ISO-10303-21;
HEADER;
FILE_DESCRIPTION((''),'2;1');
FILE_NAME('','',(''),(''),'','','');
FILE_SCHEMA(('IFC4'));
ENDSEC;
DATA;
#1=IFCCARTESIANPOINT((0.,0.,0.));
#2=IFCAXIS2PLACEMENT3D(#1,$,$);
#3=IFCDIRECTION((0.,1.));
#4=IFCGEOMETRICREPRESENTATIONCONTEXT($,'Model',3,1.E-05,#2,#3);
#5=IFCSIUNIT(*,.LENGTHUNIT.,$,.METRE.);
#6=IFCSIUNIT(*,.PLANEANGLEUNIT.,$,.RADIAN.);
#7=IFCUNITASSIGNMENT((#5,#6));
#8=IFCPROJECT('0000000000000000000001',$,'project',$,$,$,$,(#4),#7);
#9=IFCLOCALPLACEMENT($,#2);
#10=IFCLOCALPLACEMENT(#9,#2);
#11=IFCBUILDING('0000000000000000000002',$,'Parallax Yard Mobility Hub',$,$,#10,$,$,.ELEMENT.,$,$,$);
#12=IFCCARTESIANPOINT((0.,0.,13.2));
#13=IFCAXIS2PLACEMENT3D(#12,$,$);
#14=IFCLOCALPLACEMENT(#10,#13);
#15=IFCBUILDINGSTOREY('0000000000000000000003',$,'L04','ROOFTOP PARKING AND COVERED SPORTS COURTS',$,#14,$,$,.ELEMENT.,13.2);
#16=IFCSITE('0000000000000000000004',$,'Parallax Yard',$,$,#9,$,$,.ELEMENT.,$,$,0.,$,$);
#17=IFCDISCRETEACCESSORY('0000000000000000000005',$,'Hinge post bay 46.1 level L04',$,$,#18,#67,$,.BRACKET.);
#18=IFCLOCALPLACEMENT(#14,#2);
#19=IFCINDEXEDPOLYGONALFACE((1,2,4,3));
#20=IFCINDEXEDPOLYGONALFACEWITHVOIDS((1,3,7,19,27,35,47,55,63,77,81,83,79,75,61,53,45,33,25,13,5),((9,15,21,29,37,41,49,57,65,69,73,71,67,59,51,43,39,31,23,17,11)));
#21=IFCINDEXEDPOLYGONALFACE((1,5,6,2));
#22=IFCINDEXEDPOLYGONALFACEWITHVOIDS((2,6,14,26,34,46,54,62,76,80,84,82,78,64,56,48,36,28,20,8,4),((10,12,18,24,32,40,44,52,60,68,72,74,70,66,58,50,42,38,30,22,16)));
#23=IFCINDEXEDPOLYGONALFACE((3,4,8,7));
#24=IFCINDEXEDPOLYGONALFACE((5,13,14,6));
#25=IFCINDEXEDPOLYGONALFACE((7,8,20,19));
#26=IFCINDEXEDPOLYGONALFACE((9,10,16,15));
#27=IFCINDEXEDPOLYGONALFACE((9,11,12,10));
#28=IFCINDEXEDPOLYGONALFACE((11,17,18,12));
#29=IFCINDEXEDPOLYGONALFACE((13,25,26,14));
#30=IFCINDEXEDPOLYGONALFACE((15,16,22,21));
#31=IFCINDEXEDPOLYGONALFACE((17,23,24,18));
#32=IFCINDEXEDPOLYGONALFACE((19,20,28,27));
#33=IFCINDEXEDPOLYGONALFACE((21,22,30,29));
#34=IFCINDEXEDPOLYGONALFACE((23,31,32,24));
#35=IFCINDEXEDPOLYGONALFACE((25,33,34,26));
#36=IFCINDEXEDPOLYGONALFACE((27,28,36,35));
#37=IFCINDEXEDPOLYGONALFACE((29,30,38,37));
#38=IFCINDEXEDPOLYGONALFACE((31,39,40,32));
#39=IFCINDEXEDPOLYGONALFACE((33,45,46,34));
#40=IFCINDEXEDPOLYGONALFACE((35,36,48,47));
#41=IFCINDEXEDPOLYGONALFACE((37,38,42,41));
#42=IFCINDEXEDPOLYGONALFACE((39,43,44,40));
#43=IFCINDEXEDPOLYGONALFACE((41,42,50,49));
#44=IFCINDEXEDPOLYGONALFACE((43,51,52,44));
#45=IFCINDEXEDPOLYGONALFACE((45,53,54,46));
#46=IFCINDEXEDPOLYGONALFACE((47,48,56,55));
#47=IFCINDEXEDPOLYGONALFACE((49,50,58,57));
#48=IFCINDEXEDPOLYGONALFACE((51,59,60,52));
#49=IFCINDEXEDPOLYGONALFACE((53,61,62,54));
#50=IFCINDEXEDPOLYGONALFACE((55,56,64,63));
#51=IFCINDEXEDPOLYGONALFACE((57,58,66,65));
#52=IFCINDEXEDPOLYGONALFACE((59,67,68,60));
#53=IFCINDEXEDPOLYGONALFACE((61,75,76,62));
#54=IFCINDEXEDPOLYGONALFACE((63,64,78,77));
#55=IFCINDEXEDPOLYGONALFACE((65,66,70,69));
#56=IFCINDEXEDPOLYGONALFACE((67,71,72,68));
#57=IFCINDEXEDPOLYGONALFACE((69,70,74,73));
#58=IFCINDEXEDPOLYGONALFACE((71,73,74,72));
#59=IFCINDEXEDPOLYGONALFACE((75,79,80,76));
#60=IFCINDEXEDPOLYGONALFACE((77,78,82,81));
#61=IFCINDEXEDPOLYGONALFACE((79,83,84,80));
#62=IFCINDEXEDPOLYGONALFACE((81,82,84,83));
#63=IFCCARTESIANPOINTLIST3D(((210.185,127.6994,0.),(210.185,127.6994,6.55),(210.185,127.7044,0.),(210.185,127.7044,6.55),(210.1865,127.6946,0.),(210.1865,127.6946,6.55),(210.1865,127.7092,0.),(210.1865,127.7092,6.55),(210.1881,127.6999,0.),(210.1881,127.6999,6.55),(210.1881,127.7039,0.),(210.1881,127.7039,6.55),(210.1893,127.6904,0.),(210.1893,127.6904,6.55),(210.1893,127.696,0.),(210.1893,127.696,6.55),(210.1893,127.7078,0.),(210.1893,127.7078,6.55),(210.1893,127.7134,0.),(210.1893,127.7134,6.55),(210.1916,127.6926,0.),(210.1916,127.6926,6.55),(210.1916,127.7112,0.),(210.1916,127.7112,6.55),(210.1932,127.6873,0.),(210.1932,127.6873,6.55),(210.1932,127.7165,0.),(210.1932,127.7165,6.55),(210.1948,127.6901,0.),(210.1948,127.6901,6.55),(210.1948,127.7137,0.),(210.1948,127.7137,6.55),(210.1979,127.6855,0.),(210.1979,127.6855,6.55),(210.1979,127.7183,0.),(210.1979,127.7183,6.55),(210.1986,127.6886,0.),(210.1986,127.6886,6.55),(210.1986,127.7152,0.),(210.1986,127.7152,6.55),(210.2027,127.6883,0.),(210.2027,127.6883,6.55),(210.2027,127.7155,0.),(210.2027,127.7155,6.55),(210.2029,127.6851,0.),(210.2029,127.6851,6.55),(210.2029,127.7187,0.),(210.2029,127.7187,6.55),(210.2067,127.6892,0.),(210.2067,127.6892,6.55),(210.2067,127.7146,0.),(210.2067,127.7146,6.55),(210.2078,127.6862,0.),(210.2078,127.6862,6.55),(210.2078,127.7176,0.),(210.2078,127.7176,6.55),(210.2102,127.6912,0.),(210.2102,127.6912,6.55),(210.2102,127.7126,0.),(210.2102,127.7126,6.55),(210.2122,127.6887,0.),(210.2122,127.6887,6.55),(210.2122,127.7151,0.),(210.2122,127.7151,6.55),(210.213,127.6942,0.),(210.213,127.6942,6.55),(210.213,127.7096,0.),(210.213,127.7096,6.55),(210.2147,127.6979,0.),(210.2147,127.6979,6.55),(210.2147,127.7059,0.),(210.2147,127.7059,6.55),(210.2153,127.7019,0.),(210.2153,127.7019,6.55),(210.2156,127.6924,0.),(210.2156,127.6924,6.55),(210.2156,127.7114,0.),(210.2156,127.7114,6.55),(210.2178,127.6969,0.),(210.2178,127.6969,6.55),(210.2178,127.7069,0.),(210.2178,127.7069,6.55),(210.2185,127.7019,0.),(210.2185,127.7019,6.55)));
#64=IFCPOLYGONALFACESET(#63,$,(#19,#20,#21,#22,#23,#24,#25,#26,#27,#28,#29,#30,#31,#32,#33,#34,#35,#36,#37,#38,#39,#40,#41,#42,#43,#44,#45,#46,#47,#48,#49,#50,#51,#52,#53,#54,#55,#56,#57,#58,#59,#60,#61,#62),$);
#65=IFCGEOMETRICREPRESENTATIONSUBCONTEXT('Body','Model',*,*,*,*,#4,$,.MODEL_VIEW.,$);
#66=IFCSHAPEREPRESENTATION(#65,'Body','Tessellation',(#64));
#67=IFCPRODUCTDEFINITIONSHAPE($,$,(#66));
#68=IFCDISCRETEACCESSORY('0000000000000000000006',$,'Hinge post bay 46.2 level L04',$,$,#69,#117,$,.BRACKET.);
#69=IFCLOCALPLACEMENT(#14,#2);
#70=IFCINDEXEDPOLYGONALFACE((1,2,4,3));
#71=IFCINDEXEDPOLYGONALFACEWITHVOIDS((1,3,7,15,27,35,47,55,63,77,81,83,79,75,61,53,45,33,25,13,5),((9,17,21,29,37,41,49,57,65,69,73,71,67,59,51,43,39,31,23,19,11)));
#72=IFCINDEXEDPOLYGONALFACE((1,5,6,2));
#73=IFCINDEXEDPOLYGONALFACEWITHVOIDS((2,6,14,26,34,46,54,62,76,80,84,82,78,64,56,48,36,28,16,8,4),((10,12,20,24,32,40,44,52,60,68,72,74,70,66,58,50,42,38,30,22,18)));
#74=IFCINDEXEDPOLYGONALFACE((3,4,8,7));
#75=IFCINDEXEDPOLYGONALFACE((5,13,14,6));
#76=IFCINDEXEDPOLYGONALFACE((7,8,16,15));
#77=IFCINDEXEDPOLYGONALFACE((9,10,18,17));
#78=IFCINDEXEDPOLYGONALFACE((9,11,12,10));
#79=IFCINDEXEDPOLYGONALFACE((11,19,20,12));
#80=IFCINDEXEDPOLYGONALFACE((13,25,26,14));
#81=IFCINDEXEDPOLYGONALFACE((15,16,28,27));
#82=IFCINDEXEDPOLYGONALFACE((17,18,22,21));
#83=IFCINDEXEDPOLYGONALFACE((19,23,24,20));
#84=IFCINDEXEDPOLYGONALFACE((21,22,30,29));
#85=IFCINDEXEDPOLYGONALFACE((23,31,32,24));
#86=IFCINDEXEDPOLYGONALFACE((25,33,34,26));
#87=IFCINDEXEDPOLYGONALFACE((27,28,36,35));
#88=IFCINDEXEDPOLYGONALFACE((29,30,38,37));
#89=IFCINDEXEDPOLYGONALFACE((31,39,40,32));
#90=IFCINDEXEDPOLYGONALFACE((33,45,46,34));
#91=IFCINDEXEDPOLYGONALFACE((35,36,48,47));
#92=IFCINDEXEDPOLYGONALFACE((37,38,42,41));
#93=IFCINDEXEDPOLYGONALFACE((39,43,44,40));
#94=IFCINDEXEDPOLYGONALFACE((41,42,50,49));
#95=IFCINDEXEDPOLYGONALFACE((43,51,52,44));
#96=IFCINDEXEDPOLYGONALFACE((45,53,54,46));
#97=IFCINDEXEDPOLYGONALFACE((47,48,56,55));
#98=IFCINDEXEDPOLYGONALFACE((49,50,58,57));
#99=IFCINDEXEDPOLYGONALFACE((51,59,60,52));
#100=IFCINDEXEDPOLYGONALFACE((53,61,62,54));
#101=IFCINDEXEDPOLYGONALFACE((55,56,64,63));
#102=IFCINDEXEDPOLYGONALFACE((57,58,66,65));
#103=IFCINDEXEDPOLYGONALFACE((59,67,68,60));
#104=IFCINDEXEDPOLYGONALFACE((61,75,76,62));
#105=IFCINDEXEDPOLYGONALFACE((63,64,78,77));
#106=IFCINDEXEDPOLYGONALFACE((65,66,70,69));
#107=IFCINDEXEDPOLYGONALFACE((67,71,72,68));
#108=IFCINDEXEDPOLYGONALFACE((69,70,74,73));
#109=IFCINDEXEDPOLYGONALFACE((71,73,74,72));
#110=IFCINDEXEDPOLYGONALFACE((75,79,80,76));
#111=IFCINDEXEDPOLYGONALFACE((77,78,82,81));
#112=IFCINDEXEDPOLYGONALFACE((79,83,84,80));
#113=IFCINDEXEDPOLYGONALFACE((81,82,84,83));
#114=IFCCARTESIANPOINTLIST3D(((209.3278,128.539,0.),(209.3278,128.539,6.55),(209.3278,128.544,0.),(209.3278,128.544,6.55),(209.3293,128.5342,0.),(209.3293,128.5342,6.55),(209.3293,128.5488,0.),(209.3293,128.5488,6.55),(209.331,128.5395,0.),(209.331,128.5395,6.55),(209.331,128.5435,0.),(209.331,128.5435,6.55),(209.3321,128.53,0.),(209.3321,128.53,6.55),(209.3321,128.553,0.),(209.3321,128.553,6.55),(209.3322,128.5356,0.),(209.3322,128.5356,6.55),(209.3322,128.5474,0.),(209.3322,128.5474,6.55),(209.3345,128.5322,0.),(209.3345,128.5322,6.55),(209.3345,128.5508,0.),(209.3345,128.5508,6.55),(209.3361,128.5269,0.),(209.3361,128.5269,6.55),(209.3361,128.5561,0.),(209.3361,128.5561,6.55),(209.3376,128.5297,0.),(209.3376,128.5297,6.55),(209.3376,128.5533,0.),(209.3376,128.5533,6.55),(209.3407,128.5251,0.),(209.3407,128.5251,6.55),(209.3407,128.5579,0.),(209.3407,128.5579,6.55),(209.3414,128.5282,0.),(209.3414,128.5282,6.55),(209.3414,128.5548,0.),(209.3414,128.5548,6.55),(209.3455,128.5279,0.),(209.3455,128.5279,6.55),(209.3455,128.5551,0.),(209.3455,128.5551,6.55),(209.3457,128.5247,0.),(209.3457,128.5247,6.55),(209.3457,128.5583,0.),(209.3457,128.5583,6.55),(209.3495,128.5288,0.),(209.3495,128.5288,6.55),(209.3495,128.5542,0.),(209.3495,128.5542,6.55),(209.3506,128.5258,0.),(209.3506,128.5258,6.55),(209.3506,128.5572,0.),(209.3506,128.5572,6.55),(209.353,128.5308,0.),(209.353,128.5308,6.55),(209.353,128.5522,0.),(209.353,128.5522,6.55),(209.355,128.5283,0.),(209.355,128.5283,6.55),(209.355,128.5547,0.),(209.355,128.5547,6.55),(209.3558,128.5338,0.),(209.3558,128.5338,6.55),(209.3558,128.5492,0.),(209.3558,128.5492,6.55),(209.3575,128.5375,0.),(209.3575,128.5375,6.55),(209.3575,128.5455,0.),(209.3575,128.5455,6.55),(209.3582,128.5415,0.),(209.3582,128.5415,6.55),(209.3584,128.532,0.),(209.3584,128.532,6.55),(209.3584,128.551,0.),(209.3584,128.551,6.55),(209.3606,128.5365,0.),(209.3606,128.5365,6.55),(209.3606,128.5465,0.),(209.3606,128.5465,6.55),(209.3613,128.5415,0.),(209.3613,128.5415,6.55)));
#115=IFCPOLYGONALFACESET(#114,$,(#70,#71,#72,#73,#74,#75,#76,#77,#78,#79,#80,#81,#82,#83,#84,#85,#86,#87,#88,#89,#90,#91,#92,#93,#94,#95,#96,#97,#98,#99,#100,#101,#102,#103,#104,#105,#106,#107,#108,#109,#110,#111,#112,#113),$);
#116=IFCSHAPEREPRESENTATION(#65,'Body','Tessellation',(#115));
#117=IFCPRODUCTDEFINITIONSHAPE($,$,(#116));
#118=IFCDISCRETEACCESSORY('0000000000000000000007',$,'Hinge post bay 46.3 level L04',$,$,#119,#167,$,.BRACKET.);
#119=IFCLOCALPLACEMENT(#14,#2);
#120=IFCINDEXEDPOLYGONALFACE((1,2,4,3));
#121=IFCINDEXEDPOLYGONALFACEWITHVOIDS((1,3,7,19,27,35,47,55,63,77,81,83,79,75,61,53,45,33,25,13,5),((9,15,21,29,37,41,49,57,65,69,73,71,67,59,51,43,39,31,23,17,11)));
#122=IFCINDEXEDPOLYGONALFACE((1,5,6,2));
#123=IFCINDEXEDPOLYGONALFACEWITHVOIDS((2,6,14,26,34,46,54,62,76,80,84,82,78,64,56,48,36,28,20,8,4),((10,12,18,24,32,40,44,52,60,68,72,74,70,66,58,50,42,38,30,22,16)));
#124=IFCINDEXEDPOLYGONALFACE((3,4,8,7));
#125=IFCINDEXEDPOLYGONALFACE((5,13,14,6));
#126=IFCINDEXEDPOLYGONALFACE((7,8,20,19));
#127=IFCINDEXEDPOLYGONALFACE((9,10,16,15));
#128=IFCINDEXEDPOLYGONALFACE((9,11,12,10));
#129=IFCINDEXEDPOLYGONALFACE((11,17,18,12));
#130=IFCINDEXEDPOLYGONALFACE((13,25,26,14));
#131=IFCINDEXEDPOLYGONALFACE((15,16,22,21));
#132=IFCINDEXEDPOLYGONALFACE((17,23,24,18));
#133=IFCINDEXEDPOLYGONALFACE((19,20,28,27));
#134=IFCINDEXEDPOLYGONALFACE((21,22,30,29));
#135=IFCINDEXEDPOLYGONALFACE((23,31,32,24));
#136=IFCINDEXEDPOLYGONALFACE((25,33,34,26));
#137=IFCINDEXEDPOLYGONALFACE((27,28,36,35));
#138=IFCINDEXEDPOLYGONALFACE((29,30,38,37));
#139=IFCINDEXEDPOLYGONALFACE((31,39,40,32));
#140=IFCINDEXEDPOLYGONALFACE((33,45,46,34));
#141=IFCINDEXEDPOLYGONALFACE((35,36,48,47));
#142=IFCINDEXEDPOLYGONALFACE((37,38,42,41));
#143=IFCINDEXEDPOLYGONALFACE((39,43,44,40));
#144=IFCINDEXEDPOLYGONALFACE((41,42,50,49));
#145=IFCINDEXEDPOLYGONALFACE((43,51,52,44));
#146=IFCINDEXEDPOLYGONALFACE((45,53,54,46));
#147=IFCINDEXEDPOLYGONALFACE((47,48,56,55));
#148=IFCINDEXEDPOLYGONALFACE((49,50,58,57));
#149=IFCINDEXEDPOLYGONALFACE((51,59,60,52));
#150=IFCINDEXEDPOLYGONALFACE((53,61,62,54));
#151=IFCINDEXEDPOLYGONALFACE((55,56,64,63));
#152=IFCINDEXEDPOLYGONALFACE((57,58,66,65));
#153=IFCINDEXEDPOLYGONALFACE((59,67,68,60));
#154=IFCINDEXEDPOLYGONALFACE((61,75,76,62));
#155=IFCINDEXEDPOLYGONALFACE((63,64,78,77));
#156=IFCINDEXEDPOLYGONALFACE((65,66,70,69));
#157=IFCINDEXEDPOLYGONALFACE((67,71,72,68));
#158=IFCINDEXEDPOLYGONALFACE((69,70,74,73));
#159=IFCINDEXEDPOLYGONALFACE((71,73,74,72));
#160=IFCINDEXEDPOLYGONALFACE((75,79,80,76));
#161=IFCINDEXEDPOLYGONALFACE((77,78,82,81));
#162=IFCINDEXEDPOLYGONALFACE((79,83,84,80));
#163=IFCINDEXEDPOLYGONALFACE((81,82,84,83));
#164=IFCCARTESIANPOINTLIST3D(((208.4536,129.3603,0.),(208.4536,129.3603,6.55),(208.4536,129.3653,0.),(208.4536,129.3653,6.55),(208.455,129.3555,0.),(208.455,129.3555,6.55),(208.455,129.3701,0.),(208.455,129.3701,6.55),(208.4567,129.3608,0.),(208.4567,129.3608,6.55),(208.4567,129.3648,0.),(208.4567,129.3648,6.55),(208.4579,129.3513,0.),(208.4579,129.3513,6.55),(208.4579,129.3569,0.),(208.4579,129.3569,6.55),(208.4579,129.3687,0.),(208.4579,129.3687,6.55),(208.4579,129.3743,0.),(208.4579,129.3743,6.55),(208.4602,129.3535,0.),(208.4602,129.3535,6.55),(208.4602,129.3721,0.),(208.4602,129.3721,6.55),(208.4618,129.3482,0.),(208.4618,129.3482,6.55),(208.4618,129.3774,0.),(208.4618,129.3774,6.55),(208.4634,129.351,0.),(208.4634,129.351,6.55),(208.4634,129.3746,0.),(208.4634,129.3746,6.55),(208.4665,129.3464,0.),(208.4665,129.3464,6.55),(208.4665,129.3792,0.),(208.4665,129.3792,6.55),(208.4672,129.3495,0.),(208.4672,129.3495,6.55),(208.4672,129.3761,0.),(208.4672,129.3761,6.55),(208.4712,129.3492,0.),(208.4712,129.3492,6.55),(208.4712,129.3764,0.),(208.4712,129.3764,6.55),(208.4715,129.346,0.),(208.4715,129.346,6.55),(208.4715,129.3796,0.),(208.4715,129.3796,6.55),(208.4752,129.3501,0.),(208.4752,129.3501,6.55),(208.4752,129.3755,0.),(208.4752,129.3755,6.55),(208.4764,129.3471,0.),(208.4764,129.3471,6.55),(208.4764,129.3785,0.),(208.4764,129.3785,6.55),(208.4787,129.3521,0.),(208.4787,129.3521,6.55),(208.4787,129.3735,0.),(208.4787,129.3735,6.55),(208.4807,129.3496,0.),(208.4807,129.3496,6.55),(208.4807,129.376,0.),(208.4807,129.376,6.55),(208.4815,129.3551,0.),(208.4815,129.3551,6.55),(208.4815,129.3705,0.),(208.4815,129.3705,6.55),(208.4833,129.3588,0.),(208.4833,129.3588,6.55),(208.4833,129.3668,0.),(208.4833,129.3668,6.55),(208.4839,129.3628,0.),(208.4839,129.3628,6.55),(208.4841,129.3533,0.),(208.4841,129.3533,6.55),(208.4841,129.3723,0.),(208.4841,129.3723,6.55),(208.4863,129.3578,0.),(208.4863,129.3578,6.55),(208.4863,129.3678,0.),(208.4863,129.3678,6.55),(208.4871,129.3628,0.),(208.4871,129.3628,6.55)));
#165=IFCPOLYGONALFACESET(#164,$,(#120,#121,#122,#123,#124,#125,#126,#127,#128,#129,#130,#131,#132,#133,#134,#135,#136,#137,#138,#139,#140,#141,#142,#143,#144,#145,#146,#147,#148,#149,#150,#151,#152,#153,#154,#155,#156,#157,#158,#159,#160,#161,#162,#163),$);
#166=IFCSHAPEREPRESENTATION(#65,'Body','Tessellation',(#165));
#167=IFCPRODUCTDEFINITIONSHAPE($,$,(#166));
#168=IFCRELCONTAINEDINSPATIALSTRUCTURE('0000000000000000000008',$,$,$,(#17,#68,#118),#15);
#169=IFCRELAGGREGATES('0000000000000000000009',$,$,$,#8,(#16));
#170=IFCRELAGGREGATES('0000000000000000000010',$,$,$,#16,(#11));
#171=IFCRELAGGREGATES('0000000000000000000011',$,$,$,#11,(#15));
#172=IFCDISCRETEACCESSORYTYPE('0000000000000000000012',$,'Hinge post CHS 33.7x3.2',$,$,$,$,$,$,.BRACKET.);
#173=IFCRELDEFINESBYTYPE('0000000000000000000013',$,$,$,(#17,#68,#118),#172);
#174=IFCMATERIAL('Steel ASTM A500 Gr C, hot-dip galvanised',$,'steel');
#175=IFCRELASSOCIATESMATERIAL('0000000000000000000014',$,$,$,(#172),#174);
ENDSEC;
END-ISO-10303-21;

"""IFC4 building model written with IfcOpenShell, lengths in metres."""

from ifc_helpers import new_model, si_unit, direction, frame, origin, origin_2d, place, context, subcontext, project, spatial, hollow_circle, extrude, material, material_profile, profile_set, type_object, element, save


model = new_model("IFC4")

# Units and contexts
model_context = context("Model", 3, precision=1e-05, world=origin(), true_north=direction((0.0, 1.0)))
body_context = subcontext(model_context, "Body", "Model", "MODEL_VIEW")
ifc_project = project(units=[si_unit("LENGTHUNIT", "METRE"), si_unit("PLANEANGLEUNIT", "RADIAN")], contexts=[model_context])

# Site, building, storey
site_placement = place(None, origin())
site = spatial("IfcSite", under=ifc_project, at=site_placement, Name="Parallax Yard", CompositionType="ELEMENT", RefElevation=0.0)
building_placement = place(site_placement, origin())
building = spatial("IfcBuilding", under=site, at=building_placement, Name="Parallax Yard Mobility Hub", CompositionType="ELEMENT")
storey_placement = place(building_placement, frame((0.0, 0.0, 13.2)))
storey = spatial("IfcBuildingStorey", under=building, at=storey_placement, Name="L04", Description="ROOFTOP PARKING AND COVERED SPORTS COURTS", CompositionType="ELEMENT", Elevation=13.2)

# Discrete accessories
ifc_material_1 = material(Name="Steel ASTM A500 Gr C, hot-dip galvanised", Category="steel")
ifc_material_profile_1 = material_profile(ifc_material_1, hollow_circle(Radius=0.0168, WallThickness=0.0032, at=origin_2d()), Name="CHS 33.7x3.2")
ifc_profile_set_1 = profile_set([ifc_material_profile_1], Name="Steel ASTM A500 Gr C, hot-dip galvanised")
discrete_accessory_type_1 = type_object("IfcDiscreteAccessoryType", Name="Hinge post CHS 33.7x3.2", PredefinedType="BRACKET", material=ifc_profile_set_1)
for number, where, z_axis, x_axis, name in (
    (1, (210.2017, 127.7019, 0.0), (0.0, 0.0, 1.0), (1.0, 0.0, 0.0), "Hinge post bay 46.1 level L04"),
    (2, (209.3445, 128.5415, 0.0), (0.0, 0.0, 1.0), (1.0, 0.0, 0.0), "Hinge post bay 46.2 level L04"),
    (3, (208.4702, 129.3628, 0.0), (0.0, 0.0, 1.0), (1.0, 0.0, 0.0), "Hinge post bay 46.3 level L04"),
):
    element("IfcDiscreteAccessory", number, at=place(storey_placement, frame(where, z_axis=z_axis, x_axis=x_axis)), inside=storey, type_object=discrete_accessory_type_1, Name=name, PredefinedType="BRACKET", context=body_context, shape_type="SweptSolid", body=[
        extrude(hollow_circle(Radius=0.0168, WallThickness=0.0032, at=origin_2d()), origin(), (0.0, 0.0, 1.0), 6.55),
    ])

save(model, "model.ifc")
